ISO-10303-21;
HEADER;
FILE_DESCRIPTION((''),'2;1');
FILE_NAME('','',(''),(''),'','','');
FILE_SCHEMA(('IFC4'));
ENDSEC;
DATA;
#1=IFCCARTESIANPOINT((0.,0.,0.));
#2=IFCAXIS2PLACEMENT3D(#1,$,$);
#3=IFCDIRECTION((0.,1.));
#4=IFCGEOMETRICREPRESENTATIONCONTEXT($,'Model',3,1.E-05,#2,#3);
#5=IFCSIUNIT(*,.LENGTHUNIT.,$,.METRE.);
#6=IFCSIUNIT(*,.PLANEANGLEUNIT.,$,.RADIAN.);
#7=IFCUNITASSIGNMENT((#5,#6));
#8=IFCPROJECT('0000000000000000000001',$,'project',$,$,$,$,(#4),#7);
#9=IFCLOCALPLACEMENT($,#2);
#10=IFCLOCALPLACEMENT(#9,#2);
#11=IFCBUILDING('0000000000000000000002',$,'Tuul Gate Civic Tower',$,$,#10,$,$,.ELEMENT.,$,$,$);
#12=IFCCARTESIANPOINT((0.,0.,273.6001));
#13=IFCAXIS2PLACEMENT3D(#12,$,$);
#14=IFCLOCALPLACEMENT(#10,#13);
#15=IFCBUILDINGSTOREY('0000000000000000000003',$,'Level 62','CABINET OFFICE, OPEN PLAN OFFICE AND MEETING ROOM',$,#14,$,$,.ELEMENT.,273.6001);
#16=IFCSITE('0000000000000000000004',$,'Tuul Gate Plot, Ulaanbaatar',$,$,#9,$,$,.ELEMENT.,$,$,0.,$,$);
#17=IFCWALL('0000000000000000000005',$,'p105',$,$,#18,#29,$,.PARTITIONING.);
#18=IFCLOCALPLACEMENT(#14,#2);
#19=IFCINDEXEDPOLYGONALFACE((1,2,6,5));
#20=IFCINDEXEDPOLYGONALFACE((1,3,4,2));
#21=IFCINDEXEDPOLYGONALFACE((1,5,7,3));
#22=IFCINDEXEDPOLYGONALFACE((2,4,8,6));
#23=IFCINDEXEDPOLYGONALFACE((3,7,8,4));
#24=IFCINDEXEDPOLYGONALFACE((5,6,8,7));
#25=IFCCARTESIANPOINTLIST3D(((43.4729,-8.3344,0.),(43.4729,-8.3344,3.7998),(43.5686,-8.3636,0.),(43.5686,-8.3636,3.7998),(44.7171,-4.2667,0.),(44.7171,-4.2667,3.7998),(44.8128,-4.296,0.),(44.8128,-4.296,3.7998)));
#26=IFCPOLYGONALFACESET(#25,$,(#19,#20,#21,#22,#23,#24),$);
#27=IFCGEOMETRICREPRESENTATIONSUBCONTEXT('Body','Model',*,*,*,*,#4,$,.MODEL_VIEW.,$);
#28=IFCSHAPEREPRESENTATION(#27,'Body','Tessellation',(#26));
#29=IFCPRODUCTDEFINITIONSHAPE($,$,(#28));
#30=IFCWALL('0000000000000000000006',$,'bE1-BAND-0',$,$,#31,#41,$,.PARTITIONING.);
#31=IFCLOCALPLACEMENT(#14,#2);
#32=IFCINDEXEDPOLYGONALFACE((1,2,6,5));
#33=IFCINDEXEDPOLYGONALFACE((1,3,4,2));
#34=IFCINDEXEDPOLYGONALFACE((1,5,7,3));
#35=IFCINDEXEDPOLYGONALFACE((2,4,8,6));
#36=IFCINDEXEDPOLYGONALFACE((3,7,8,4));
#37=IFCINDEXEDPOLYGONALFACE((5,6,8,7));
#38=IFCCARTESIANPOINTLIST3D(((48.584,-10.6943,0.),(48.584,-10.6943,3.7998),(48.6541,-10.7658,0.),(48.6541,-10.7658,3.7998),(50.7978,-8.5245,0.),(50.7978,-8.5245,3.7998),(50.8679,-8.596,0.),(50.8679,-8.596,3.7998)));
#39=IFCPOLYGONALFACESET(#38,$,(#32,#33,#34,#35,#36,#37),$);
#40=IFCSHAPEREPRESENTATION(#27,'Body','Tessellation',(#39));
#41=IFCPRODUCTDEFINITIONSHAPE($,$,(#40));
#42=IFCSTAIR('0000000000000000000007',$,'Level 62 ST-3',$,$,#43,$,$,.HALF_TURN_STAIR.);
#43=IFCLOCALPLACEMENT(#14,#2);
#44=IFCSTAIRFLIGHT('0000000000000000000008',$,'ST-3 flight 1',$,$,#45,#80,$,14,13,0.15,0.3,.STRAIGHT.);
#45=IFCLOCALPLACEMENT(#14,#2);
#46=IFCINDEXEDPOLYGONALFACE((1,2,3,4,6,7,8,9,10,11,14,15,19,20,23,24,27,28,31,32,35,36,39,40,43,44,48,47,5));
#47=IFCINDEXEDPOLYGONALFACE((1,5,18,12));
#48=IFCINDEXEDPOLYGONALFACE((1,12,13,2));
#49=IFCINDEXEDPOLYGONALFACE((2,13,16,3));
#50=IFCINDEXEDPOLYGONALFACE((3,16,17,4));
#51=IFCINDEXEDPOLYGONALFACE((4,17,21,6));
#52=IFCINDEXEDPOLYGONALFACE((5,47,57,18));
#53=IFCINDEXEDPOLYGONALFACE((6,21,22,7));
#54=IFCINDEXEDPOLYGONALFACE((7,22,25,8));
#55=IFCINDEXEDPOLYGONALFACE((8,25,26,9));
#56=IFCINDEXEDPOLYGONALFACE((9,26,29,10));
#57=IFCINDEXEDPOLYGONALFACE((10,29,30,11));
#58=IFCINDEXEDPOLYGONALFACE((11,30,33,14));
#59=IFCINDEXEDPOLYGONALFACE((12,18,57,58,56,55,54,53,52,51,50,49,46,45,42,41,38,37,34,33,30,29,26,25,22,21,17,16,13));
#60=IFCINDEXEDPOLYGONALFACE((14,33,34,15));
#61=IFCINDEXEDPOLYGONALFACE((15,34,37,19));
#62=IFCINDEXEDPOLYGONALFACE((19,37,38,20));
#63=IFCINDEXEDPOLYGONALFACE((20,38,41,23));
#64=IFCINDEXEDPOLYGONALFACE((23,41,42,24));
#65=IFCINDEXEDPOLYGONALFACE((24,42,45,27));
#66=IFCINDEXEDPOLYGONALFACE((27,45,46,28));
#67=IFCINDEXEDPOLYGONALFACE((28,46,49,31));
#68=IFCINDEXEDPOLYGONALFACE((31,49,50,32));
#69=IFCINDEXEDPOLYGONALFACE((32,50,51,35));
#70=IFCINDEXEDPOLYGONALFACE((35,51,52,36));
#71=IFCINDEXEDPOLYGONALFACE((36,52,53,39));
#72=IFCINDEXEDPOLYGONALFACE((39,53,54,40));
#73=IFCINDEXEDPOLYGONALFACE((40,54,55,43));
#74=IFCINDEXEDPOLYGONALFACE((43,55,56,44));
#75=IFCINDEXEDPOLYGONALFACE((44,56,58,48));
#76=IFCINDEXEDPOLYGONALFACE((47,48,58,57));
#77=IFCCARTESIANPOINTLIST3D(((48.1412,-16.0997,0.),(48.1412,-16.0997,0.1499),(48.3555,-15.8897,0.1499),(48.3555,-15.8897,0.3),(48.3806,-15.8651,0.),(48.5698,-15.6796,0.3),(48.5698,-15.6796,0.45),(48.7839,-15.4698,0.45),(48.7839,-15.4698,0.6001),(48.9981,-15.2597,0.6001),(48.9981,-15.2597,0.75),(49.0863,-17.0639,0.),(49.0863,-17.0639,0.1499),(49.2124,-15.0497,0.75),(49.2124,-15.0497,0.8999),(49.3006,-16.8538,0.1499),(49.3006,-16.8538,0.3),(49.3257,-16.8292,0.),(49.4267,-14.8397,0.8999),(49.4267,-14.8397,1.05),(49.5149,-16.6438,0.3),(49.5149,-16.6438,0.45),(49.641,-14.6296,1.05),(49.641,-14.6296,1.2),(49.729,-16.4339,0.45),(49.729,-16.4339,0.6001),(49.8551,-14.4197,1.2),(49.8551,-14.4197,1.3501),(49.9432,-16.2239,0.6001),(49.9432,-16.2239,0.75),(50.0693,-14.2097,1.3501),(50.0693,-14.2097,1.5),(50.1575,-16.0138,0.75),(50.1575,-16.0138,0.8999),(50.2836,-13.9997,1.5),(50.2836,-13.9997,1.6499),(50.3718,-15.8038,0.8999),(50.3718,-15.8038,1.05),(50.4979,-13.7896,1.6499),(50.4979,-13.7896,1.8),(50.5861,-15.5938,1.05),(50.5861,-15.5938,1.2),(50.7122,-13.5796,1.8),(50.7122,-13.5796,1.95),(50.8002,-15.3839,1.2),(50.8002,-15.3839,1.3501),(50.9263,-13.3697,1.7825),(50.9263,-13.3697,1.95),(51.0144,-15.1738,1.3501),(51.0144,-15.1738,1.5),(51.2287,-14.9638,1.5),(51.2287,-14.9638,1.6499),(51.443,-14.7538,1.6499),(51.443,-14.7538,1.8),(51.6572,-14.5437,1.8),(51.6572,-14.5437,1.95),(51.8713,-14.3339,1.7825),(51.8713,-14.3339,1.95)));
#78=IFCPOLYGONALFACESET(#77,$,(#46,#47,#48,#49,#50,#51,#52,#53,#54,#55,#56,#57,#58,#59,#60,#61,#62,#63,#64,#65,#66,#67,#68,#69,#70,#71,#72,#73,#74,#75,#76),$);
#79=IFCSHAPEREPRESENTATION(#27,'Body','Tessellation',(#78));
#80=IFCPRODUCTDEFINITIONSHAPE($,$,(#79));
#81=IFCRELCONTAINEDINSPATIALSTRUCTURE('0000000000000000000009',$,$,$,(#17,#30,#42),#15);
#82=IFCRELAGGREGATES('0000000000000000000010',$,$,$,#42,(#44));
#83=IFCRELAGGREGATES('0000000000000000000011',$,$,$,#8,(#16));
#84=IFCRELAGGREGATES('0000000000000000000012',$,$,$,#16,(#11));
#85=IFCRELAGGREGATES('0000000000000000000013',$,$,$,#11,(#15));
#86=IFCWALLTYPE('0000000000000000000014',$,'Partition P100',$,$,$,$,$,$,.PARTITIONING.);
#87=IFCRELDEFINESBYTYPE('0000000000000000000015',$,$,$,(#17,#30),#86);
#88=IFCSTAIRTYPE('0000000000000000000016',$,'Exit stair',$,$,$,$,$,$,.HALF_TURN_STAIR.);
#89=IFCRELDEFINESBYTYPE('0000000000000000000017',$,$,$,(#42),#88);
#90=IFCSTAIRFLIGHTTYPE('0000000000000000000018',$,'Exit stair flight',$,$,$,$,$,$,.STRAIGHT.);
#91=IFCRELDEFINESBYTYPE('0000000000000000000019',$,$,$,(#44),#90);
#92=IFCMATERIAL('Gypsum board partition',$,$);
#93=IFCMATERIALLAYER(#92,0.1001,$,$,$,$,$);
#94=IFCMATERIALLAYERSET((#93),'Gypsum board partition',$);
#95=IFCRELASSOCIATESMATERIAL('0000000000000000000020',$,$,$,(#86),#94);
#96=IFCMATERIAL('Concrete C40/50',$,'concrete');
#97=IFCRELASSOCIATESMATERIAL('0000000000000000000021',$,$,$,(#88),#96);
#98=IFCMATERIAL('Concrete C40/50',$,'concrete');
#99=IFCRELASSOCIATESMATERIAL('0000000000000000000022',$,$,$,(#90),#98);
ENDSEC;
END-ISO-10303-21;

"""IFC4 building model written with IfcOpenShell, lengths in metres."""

from ifc_helpers import new_model, si_unit, direction, frame, frame_2d, origin, place, context, subcontext, project, spatial, polyline, rectangle, outline, extrude, material, layer, layer_set, type_object, element, aggregate, save


model = new_model("IFC4")

# Units and contexts
model_context = context("Model", 3, precision=1e-05, world=origin(), true_north=direction((0.0, 1.0)))
body_context = subcontext(model_context, "Body", "Model", "MODEL_VIEW")
ifc_project = project(units=[si_unit("LENGTHUNIT", "METRE"), si_unit("PLANEANGLEUNIT", "RADIAN")], contexts=[model_context])

# Site, building, storey
site_placement = place(None, origin())
site = spatial("IfcSite", under=ifc_project, at=site_placement, Name="Tuul Gate Plot, Ulaanbaatar", CompositionType="ELEMENT", RefElevation=0.0)
building_placement = place(site_placement, origin())
building = spatial("IfcBuilding", under=site, at=building_placement, Name="Tuul Gate Civic Tower", CompositionType="ELEMENT")
storey_placement = place(building_placement, frame((0.0, 0.0, 273.6001)))
storey = spatial("IfcBuildingStorey", under=building, at=storey_placement, Name="Level 62", Description="CABINET OFFICE, OPEN PLAN OFFICE AND MEETING ROOM", CompositionType="ELEMENT", Elevation=273.6001)

# Walls
ifc_material_1 = material(Name="Gypsum board partition")
ifc_layer_1 = layer(ifc_material_1, 0.1001)
ifc_layer_set_1 = layer_set([ifc_layer_1], Name="Gypsum board partition")
wall_type_1 = type_object("IfcWallType", Name="Partition P100", PredefinedType="PARTITIONING", material=ifc_layer_set_1)
wall_1_placement = place(storey_placement, frame((43.5208, -8.3491, 0.0), z_axis=(0.0, 0.0, 1.0), x_axis=(0.292488, 0.956269, 0.0)))
element("IfcWall", 1, at=wall_1_placement, inside=storey, type_object=wall_type_1, Name="p105", PredefinedType="PARTITIONING", context=body_context, shape_type="SweptSolid", body=[
    extrude(rectangle(XDim=4.2537, YDim=0.1001, at=frame_2d((2.127, 0.0))), origin(), (0.0, 0.0, 1.0), 3.7998),
])
wall_2_placement = place(storey_placement, frame((48.6191, -10.73, 0.0), z_axis=(0.0, 0.0, 1.0), x_axis=(0.714159, 0.699983, 0.0)))
element("IfcWall", 2, at=wall_2_placement, inside=storey, type_object=wall_type_1, Name="bE1-BAND-0", PredefinedType="PARTITIONING", context=body_context, shape_type="SweptSolid", body=[
    extrude(rectangle(XDim=3.0999, YDim=0.1001, at=frame_2d((1.5498, 0.0))), origin(), (0.0, 0.0, 1.0), 3.7998),
])

# Stair, stair flight
ifc_material_2 = material(Name="Concrete C40/50", Category="concrete")
stair_type = type_object("IfcStairType", Name="Exit stair", PredefinedType="HALF_TURN_STAIR", material=ifc_material_2)
stair_placement = place(storey_placement, origin())
stair = element("IfcStair", 3, at=stair_placement, inside=storey, type_object=stair_type, Name="Level 62 ST-3", PredefinedType="HALF_TURN_STAIR")
ifc_material_3 = material(Name="Concrete C40/50", Category="concrete")
stair_flight_type = type_object("IfcStairFlightType", Name="Exit stair flight", PredefinedType="STRAIGHT", material=ifc_material_3)
stair_flight_placement = place(storey_placement, frame((48.6138, -16.5818, 0.0), z_axis=(0.0, 0.0, 1.0), x_axis=(0.714127, 0.700016, 0.0)))
stair_flight = element("IfcStairFlight", 4, at=stair_flight_placement, type_object=stair_flight_type, Name="ST-3 flight 1", NumberOfRisers=14, NumberOfTreads=13, PredefinedType="STRAIGHT", RiserHeight=0.15, TreadLength=0.3, context=body_context, shape_type="SweptSolid", body=[
    extrude(outline(polyline([(0.0, 0.0), (0.0, 0.1499), (0.3, 0.1499), (0.3, 0.3), (0.6001, 0.3), (0.6001, 0.45), (0.8999, 0.45), (0.8999, 0.6001), (1.2, 0.6001), (1.2, 0.75), (1.5, 0.75), (1.5, 0.8999), (1.8, 0.8999), (1.8, 1.05), (2.1001, 1.05), (2.1001, 1.2), (2.3999, 1.2), (2.3999, 1.3501), (2.7, 1.3501), (2.7, 1.5), (3.0, 1.5), (3.0, 1.6499), (3.3, 1.6499), (3.3, 1.8), (3.6001, 1.8), (3.6001, 1.95), (3.8999, 1.95), (3.8999, 2.1001), (3.8999, 1.7825), (0.3352, 0.0), (0.0, 0.0)])), frame((0.0, 0.675, 0.0), z_axis=(0.0, -1.0, 0.0), x_axis=(1.0, 0.0, 0.0)), (0.0, 0.0, 1.0), 1.3501),
])
aggregate(stair, [stair_flight])

save(model, "model.ifc")
